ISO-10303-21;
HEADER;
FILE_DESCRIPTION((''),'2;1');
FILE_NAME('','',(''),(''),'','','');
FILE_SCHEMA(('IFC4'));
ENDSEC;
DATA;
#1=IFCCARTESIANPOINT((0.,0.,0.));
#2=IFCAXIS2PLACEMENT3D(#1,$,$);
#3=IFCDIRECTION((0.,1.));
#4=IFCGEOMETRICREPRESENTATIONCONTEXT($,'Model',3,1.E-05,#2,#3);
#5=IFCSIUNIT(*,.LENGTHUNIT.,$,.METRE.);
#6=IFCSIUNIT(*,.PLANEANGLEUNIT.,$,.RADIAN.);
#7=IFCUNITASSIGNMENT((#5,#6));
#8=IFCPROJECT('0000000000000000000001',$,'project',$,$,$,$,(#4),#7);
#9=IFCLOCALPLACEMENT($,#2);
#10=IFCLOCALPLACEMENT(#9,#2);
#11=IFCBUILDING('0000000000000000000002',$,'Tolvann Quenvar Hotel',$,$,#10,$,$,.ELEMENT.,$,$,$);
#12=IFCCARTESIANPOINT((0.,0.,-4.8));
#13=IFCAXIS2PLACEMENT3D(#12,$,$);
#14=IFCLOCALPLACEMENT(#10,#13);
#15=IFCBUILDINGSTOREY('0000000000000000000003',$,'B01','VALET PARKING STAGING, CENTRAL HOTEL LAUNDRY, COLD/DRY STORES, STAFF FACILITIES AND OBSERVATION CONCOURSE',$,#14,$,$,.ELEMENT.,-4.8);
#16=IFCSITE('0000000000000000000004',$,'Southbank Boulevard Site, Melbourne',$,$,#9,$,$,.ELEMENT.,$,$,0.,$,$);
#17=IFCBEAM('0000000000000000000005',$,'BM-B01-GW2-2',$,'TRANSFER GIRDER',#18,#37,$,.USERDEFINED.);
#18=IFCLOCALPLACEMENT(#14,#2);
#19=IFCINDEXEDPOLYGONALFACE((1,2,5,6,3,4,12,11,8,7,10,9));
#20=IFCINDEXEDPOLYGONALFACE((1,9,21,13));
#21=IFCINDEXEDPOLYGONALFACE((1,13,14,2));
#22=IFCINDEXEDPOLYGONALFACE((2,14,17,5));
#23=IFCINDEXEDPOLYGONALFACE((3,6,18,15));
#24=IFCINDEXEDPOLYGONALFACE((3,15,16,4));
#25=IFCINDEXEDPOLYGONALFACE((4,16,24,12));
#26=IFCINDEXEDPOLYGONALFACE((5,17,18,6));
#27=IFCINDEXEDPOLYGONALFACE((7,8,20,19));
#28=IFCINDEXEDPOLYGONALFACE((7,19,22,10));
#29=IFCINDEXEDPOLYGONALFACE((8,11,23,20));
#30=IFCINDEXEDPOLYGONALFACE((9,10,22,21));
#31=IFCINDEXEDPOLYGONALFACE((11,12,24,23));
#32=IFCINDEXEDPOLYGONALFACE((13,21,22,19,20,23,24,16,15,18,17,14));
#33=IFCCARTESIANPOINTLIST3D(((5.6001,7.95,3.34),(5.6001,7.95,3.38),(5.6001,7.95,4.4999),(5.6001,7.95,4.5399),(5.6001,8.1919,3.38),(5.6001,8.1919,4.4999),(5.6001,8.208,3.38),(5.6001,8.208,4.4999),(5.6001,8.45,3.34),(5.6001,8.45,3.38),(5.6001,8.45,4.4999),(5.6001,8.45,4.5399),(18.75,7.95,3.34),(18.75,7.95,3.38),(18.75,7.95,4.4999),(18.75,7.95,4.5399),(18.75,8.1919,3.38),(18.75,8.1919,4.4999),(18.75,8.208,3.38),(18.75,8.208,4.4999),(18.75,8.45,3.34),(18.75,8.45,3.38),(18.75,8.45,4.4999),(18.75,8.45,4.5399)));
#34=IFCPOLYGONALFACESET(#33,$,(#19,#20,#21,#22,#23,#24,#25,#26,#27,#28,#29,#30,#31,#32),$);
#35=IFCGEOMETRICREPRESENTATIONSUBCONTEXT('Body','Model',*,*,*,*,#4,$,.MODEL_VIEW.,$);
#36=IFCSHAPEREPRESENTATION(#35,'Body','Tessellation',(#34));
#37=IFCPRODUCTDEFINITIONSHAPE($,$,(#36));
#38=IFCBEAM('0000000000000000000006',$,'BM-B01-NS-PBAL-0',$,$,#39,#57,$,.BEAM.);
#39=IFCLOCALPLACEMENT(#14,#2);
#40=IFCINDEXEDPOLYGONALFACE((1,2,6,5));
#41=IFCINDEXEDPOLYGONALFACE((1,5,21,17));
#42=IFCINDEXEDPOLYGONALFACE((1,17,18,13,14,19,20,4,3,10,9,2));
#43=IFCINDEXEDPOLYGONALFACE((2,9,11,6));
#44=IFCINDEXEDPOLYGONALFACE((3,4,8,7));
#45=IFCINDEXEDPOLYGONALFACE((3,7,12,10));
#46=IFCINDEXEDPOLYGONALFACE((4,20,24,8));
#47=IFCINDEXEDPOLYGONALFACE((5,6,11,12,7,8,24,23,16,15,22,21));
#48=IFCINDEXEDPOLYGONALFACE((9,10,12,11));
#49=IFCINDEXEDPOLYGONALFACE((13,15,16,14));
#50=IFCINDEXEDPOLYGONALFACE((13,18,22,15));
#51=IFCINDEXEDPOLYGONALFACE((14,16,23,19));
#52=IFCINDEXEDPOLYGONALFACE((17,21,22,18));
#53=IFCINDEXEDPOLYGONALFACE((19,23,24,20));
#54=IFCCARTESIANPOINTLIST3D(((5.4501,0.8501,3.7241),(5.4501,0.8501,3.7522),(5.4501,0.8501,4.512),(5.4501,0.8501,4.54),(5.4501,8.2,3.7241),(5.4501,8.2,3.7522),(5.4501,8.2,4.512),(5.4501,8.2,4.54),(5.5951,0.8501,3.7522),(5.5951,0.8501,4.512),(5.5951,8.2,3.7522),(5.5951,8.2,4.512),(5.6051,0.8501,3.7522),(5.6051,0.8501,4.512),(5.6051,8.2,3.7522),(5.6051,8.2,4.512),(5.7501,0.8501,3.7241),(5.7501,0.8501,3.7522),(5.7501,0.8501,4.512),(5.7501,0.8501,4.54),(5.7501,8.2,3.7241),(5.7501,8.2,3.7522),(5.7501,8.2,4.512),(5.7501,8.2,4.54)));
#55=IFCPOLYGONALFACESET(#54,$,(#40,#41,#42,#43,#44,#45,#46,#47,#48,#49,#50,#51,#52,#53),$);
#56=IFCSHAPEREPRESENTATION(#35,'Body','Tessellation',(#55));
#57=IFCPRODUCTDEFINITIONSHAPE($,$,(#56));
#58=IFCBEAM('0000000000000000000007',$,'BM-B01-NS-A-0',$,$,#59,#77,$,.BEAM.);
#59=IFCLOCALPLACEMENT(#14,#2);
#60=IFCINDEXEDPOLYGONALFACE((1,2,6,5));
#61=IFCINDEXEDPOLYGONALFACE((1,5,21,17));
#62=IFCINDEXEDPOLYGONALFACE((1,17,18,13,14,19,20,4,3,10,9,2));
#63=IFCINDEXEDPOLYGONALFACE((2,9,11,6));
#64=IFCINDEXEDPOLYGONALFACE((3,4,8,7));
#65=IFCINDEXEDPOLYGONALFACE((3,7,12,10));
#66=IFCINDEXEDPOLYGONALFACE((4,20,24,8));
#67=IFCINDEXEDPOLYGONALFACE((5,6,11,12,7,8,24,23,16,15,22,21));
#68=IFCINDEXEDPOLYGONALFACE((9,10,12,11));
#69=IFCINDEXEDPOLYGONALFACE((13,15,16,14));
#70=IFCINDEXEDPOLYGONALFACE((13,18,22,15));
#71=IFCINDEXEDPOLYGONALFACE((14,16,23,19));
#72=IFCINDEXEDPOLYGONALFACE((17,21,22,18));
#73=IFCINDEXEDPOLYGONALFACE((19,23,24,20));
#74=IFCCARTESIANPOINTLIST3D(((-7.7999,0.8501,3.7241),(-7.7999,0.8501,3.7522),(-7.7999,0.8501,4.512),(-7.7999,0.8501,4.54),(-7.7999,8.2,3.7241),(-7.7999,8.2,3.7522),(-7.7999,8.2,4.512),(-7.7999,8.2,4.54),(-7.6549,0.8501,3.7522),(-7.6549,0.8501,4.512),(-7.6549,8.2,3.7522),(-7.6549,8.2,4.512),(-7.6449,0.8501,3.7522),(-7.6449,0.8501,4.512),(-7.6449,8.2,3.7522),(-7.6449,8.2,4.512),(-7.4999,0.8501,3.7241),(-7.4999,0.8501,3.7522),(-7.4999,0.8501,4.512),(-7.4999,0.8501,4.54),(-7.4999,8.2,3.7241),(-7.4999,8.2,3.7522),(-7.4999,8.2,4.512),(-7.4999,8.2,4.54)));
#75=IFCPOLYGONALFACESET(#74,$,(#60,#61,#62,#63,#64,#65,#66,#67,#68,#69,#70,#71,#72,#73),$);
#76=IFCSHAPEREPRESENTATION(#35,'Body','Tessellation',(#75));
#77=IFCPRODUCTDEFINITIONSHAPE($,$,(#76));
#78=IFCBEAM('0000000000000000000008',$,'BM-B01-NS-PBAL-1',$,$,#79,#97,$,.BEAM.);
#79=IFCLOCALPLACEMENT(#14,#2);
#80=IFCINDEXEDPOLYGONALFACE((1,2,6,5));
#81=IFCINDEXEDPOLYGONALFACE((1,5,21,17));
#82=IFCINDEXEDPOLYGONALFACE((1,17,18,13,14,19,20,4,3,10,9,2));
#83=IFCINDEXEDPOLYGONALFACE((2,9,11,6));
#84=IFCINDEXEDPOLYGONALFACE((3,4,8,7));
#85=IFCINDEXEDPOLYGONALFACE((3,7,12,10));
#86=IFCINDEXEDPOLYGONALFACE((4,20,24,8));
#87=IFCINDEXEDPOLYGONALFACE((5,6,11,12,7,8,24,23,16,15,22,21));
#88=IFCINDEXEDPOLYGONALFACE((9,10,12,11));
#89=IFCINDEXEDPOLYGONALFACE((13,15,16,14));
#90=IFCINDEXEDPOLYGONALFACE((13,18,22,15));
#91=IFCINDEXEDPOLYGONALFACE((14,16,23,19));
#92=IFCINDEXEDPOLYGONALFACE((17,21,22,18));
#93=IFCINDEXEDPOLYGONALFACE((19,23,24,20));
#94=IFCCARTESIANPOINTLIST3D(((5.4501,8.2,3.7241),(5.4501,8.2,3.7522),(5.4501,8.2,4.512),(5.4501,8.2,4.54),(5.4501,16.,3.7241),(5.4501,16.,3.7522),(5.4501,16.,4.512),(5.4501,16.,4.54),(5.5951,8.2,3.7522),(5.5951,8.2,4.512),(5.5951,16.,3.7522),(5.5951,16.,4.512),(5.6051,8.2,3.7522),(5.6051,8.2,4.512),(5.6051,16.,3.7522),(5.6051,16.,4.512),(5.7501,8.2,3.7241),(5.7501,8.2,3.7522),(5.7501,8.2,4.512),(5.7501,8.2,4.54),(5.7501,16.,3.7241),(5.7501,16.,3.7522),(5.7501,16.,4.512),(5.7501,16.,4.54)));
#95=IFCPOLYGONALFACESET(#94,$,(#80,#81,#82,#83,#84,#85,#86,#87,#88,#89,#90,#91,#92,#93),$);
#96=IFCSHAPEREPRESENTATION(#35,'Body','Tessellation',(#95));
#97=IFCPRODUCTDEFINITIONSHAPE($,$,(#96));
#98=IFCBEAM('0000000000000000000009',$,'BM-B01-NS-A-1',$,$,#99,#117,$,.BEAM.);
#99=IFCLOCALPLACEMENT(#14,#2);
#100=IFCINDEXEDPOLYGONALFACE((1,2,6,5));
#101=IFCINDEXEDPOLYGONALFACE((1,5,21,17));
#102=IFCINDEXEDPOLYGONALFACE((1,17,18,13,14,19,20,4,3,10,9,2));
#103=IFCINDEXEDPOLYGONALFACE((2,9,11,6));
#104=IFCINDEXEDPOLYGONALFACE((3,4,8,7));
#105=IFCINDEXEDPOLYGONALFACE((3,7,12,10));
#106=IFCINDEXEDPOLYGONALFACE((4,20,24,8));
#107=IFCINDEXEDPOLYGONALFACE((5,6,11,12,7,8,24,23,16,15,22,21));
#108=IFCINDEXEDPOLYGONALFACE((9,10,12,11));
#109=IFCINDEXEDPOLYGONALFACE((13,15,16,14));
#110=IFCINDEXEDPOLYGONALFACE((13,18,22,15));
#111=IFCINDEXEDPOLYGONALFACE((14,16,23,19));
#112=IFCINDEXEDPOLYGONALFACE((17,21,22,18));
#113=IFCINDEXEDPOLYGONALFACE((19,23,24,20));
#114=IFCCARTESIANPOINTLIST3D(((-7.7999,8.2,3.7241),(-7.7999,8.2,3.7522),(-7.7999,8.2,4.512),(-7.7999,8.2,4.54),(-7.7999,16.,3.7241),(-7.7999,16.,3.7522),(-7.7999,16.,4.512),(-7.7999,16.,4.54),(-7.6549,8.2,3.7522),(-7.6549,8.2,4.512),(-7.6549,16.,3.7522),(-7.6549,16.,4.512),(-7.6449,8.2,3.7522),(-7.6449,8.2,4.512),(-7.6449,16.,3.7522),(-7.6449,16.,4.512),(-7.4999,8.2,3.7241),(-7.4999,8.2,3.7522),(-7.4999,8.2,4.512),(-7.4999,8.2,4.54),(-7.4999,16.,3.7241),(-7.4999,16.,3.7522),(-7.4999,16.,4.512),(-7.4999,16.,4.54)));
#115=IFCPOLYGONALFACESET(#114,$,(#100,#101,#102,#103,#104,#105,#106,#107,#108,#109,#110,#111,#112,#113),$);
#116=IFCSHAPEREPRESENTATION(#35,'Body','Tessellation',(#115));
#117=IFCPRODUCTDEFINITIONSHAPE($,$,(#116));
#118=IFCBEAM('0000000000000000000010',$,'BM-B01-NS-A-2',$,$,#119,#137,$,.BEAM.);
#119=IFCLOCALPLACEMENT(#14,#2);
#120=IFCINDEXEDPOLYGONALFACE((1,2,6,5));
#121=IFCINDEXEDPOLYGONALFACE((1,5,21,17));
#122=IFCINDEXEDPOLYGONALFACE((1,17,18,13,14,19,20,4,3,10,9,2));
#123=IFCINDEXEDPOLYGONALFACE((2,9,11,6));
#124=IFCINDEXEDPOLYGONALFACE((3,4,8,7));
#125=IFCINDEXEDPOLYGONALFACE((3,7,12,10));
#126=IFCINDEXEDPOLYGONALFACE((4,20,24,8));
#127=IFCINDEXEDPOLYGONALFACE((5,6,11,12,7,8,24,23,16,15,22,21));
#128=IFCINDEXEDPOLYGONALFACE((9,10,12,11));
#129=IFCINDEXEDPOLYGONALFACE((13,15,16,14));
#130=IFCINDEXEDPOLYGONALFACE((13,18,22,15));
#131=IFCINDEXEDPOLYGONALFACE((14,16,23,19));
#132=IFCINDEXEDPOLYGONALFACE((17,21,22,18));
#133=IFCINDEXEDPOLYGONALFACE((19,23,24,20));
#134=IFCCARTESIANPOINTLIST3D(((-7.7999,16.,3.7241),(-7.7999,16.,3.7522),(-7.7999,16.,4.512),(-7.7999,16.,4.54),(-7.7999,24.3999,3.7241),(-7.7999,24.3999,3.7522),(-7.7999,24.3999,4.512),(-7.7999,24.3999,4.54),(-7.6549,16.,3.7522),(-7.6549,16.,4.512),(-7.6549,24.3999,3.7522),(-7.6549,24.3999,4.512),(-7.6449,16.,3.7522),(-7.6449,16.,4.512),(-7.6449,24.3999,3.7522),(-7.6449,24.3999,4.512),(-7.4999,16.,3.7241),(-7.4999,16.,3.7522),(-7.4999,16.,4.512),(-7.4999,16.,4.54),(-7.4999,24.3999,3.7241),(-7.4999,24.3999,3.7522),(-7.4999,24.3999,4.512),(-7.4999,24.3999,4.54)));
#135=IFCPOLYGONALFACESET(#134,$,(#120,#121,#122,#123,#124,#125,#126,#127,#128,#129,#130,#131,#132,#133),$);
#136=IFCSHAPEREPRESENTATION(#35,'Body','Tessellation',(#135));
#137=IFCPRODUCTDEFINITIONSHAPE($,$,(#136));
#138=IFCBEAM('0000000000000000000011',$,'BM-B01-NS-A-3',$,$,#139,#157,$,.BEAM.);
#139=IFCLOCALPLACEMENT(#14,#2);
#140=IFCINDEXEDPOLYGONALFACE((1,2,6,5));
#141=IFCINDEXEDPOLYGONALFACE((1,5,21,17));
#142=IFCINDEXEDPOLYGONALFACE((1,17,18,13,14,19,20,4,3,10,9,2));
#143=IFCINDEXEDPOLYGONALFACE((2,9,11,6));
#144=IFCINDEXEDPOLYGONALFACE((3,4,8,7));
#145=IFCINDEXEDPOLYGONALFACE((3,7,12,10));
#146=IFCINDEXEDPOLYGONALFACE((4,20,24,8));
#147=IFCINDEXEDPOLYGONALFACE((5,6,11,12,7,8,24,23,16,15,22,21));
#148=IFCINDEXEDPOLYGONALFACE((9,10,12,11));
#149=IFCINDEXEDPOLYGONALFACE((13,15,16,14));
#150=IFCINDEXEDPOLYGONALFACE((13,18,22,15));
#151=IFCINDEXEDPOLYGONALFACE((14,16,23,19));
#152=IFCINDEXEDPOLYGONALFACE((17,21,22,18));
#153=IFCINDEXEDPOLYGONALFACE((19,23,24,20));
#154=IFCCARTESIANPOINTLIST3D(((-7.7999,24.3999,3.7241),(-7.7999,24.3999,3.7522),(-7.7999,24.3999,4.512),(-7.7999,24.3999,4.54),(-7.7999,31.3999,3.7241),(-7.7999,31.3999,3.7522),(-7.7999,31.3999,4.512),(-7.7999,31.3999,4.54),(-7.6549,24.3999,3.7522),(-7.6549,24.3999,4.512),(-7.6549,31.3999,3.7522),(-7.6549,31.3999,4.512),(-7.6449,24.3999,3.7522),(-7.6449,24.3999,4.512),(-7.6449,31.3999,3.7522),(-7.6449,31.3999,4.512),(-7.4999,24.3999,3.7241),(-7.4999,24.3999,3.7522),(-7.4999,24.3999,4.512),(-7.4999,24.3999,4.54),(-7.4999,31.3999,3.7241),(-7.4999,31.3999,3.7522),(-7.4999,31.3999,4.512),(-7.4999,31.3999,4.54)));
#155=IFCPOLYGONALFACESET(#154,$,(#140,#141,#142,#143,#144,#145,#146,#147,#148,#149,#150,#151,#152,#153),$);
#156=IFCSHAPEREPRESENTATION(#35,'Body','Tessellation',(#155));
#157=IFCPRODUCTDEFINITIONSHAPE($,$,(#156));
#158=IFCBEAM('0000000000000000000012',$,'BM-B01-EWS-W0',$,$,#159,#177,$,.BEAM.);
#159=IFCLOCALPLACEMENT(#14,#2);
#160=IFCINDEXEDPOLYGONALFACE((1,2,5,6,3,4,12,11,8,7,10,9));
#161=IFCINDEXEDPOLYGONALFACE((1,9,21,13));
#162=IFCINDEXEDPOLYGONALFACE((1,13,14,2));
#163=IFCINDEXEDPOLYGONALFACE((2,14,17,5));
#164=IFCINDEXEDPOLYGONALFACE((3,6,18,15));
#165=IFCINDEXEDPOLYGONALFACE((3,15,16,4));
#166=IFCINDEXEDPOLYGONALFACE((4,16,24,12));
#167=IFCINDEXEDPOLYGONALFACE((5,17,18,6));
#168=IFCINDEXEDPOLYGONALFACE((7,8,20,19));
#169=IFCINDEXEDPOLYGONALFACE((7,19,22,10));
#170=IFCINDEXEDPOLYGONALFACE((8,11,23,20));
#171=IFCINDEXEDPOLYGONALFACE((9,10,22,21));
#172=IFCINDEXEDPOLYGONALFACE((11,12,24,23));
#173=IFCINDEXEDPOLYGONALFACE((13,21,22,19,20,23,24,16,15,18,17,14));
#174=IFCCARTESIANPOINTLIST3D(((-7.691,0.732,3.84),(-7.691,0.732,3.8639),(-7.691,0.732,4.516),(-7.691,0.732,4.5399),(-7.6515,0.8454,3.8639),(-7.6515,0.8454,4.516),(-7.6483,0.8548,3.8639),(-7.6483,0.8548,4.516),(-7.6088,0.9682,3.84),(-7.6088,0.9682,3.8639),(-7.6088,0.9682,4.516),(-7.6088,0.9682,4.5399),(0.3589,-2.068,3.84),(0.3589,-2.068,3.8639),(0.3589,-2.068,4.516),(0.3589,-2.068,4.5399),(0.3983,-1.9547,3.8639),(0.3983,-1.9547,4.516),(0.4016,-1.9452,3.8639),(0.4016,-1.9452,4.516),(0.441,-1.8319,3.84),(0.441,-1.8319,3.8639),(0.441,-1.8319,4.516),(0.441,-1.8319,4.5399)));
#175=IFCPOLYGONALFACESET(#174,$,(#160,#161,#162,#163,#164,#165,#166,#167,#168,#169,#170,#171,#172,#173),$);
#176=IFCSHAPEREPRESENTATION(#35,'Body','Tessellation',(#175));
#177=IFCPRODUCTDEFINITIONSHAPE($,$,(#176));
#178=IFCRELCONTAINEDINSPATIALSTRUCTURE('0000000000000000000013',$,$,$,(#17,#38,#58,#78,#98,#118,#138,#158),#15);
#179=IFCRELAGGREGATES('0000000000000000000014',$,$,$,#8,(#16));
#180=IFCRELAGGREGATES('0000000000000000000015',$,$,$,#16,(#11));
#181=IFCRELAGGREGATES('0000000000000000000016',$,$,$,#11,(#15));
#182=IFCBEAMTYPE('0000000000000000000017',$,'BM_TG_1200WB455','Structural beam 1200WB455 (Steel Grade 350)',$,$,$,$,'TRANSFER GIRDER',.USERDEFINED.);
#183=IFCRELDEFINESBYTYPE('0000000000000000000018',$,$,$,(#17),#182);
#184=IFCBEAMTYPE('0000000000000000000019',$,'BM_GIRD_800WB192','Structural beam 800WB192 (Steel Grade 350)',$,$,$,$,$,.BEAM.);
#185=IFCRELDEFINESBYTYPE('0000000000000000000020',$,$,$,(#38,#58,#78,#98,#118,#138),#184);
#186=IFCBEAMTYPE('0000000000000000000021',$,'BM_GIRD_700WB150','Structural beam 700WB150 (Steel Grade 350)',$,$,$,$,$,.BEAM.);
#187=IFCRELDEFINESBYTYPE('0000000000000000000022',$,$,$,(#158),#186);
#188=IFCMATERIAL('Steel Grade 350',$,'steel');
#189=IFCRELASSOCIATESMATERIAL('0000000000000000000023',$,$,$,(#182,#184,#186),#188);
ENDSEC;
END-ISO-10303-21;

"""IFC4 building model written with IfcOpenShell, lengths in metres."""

from ifc_helpers import new_model, si_unit, direction, frame, origin, origin_2d, place, context, subcontext, project, spatial, i_section, extrude, source, transform, mapped, material, material_profile, profile_set, type_object, type_shapes, element, save


model = new_model("IFC4")

# Units and contexts
model_context = context("Model", 3, precision=1e-05, world=origin(), true_north=direction((0.0, 1.0)))
body_context = subcontext(model_context, "Body", "Model", "MODEL_VIEW")
ifc_project = project(units=[si_unit("LENGTHUNIT", "METRE"), si_unit("PLANEANGLEUNIT", "RADIAN")], contexts=[model_context])

# Site, building, storey
site_placement = place(None, origin())
site = spatial("IfcSite", under=ifc_project, at=site_placement, Name="Southbank Boulevard Site, Melbourne", CompositionType="ELEMENT", RefElevation=0.0)
building_placement = place(site_placement, origin())
building = spatial("IfcBuilding", under=site, at=building_placement, Name="Tolvann Quenvar Hotel", CompositionType="ELEMENT")
storey_placement = place(building_placement, frame((0.0, 0.0, -4.8)))
storey = spatial("IfcBuildingStorey", under=building, at=storey_placement, Name="B01", Description="VALET PARKING STAGING, CENTRAL HOTEL LAUNDRY, COLD/DRY STORES, STAFF FACILITIES AND OBSERVATION CONCOURSE", CompositionType="ELEMENT", Elevation=-4.8)

# Beams
ifc_material_1 = material(Name="Steel Grade 350", Category="steel")
ifc_material_profile_1 = material_profile(ifc_material_1, i_section(OverallWidth=0.5, OverallDepth=1.2, WebThickness=0.0161, FlangeThickness=0.04, at=origin_2d()), Name="1200WB455")
ifc_profile_set_1 = profile_set([ifc_material_profile_1], Name="Steel Grade 350")
beam_type_1 = type_object("IfcBeamType", Name="BM_TG_1200WB455", Description="Structural beam 1200WB455 (Steel Grade 350)", ElementType="TRANSFER GIRDER", PredefinedType="USERDEFINED", material=ifc_profile_set_1)
shared_shape_1 = source(origin(), body_context, "Body", "SweptSolid", [
    extrude(i_section(OverallWidth=0.5, OverallDepth=1.2, WebThickness=0.0161, FlangeThickness=0.04, at=origin_2d()), origin(), (0.0, 0.0, 1.0), 13.1499),
])
for number, where, z_axis, x_axis, name in (
    (1, (5.6001, 8.2, 3.9399), (1.0, 0.0, 0.0), (0.0, 1.0, 0.0), "BM-B01-GW2-2"),
):
    element("IfcBeam", number, at=place(storey_placement, frame(where, z_axis=z_axis, x_axis=x_axis)), inside=storey, type_object=beam_type_1, Name=name, ObjectType="TRANSFER GIRDER", PredefinedType="USERDEFINED", context=body_context, shape_type="MappedRepresentation", body=[
        mapped(shared_shape_1, transform((0.0, 0.0, 0.0), x_axis=(1.0, 0.0, 0.0), y_axis=(0.0, 1.0, 0.0), z_axis=(0.0, 0.0, 1.0), scale=1.0)),
    ])
ifc_material_profile_2 = material_profile(ifc_material_1, i_section(OverallWidth=0.3, OverallDepth=0.8159, WebThickness=0.01, FlangeThickness=0.0281, at=origin_2d()), Name="800WB192")
ifc_profile_set_2 = profile_set([ifc_material_profile_2], Name="Steel Grade 350")
beam_type_2 = type_object("IfcBeamType", Name="BM_GIRD_800WB192", Description="Structural beam 800WB192 (Steel Grade 350)", PredefinedType="BEAM", material=ifc_profile_set_2)
shared_shape_2 = source(origin(), body_context, "Body", "SweptSolid", [
    extrude(i_section(OverallWidth=0.3, OverallDepth=0.8159, WebThickness=0.01, FlangeThickness=0.0281, at=origin_2d()), origin(), (0.0, 0.0, 1.0), 7.3499),
])
for number, where, z_axis, x_axis, name in (
    (2, (5.6001, 0.8501, 4.1321), (0.0, 1.0, 0.0), (-1.0, 0.0, 0.0), "BM-B01-NS-PBAL-0"),
    (3, (-7.6499, 0.8501, 4.1321), (0.0, 1.0, 0.0), (-1.0, 0.0, 0.0), "BM-B01-NS-A-0"),
):
    element("IfcBeam", number, at=place(storey_placement, frame(where, z_axis=z_axis, x_axis=x_axis)), inside=storey, type_object=beam_type_2, Name=name, PredefinedType="BEAM", context=body_context, shape_type="MappedRepresentation", body=[
        mapped(shared_shape_2, transform((0.0, 0.0, 0.0), x_axis=(1.0, 0.0, 0.0), y_axis=(0.0, 1.0, 0.0), z_axis=(0.0, 0.0, 1.0), scale=1.0)),
    ])
shared_shape_3 = source(origin(), body_context, "Body", "SweptSolid", [
    extrude(i_section(OverallWidth=0.3, OverallDepth=0.8159, WebThickness=0.01, FlangeThickness=0.0281, at=origin_2d()), origin(), (0.0, 0.0, 1.0), 7.8),
])
for number, where, z_axis, x_axis, name in (
    (4, (5.6001, 8.2, 4.1321), (0.0, 1.0, 0.0), (-1.0, 0.0, 0.0), "BM-B01-NS-PBAL-1"),
    (5, (-7.6499, 8.2, 4.1321), (0.0, 1.0, 0.0), (-1.0, 0.0, 0.0), "BM-B01-NS-A-1"),
):
    element("IfcBeam", number, at=place(storey_placement, frame(where, z_axis=z_axis, x_axis=x_axis)), inside=storey, type_object=beam_type_2, Name=name, PredefinedType="BEAM", context=body_context, shape_type="MappedRepresentation", body=[
        mapped(shared_shape_3, transform((0.0, 0.0, 0.0), x_axis=(1.0, 0.0, 0.0), y_axis=(0.0, 1.0, 0.0), z_axis=(0.0, 0.0, 1.0), scale=1.0)),
    ])
shared_shape_4 = source(origin(), body_context, "Body", "SweptSolid", [
    extrude(i_section(OverallWidth=0.3, OverallDepth=0.8159, WebThickness=0.01, FlangeThickness=0.0281, at=origin_2d()), origin(), (0.0, 0.0, 1.0), 8.3999),
])
beam_1_placement = place(storey_placement, frame((-7.6499, 16.0, 4.1321), z_axis=(0.0, 1.0, 0.0), x_axis=(-1.0, 0.0, 0.0)))
element("IfcBeam", 6, at=beam_1_placement, inside=storey, type_object=beam_type_2, Name="BM-B01-NS-A-2", PredefinedType="BEAM", context=body_context, shape_type="MappedRepresentation", body=[
    mapped(shared_shape_4, transform((0.0, 0.0, 0.0), x_axis=(1.0, 0.0, 0.0), y_axis=(0.0, 1.0, 0.0), z_axis=(0.0, 0.0, 1.0), scale=1.0)),
])
shared_shape_5 = source(origin(), body_context, "Body", "SweptSolid", [
    extrude(i_section(OverallWidth=0.3, OverallDepth=0.8159, WebThickness=0.01, FlangeThickness=0.0281, at=origin_2d()), origin(), (0.0, 0.0, 1.0), 7.0),
])
type_shapes(beam_type_2, [shared_shape_2, shared_shape_3, shared_shape_4, shared_shape_5])
beam_2_placement = place(storey_placement, frame((-7.6499, 24.3999, 4.1321), z_axis=(0.0, 1.0, 0.0), x_axis=(-1.0, 0.0, 0.0)))
element("IfcBeam", 7, at=beam_2_placement, inside=storey, type_object=beam_type_2, Name="BM-B01-NS-A-3", PredefinedType="BEAM", context=body_context, shape_type="MappedRepresentation", body=[
    mapped(shared_shape_5, transform((0.0, 0.0, 0.0), x_axis=(1.0, 0.0, 0.0), y_axis=(0.0, 1.0, 0.0), z_axis=(0.0, 0.0, 1.0), scale=1.0)),
])
ifc_material_profile_3 = material_profile(ifc_material_1, i_section(OverallWidth=0.25, OverallDepth=0.7, WebThickness=0.01, FlangeThickness=0.0239, at=origin_2d()), Name="700WB150")
ifc_profile_set_3 = profile_set([ifc_material_profile_3], Name="Steel Grade 350")
beam_type_3 = type_object("IfcBeamType", Name="BM_GIRD_700WB150", Description="Structural beam 700WB150 (Steel Grade 350)", PredefinedType="BEAM", material=ifc_profile_set_3)
shared_shape_6 = source(origin(), body_context, "Body", "SweptSolid", [
    extrude(i_section(OverallWidth=0.25, OverallDepth=0.7, WebThickness=0.01, FlangeThickness=0.0239, at=origin_2d()), origin(), (0.0, 0.0, 1.0), 8.5229),
])
beam_3_placement = place(storey_placement, frame((-7.6499, 0.8501, 4.1899), z_axis=(0.944493, -0.328533, 0.0), x_axis=(0.328533, 0.944493, 0.0)))
element("IfcBeam", 8, at=beam_3_placement, inside=storey, type_object=beam_type_3, Name="BM-B01-EWS-W0", PredefinedType="BEAM", context=body_context, shape_type="MappedRepresentation", body=[
    mapped(shared_shape_6, transform((0.0, 0.0, 0.0), x_axis=(1.0, 0.0, 0.0), y_axis=(0.0, 1.0, 0.0), z_axis=(0.0, 0.0, 1.0), scale=1.0)),
])

save(model, "model.ifc")
